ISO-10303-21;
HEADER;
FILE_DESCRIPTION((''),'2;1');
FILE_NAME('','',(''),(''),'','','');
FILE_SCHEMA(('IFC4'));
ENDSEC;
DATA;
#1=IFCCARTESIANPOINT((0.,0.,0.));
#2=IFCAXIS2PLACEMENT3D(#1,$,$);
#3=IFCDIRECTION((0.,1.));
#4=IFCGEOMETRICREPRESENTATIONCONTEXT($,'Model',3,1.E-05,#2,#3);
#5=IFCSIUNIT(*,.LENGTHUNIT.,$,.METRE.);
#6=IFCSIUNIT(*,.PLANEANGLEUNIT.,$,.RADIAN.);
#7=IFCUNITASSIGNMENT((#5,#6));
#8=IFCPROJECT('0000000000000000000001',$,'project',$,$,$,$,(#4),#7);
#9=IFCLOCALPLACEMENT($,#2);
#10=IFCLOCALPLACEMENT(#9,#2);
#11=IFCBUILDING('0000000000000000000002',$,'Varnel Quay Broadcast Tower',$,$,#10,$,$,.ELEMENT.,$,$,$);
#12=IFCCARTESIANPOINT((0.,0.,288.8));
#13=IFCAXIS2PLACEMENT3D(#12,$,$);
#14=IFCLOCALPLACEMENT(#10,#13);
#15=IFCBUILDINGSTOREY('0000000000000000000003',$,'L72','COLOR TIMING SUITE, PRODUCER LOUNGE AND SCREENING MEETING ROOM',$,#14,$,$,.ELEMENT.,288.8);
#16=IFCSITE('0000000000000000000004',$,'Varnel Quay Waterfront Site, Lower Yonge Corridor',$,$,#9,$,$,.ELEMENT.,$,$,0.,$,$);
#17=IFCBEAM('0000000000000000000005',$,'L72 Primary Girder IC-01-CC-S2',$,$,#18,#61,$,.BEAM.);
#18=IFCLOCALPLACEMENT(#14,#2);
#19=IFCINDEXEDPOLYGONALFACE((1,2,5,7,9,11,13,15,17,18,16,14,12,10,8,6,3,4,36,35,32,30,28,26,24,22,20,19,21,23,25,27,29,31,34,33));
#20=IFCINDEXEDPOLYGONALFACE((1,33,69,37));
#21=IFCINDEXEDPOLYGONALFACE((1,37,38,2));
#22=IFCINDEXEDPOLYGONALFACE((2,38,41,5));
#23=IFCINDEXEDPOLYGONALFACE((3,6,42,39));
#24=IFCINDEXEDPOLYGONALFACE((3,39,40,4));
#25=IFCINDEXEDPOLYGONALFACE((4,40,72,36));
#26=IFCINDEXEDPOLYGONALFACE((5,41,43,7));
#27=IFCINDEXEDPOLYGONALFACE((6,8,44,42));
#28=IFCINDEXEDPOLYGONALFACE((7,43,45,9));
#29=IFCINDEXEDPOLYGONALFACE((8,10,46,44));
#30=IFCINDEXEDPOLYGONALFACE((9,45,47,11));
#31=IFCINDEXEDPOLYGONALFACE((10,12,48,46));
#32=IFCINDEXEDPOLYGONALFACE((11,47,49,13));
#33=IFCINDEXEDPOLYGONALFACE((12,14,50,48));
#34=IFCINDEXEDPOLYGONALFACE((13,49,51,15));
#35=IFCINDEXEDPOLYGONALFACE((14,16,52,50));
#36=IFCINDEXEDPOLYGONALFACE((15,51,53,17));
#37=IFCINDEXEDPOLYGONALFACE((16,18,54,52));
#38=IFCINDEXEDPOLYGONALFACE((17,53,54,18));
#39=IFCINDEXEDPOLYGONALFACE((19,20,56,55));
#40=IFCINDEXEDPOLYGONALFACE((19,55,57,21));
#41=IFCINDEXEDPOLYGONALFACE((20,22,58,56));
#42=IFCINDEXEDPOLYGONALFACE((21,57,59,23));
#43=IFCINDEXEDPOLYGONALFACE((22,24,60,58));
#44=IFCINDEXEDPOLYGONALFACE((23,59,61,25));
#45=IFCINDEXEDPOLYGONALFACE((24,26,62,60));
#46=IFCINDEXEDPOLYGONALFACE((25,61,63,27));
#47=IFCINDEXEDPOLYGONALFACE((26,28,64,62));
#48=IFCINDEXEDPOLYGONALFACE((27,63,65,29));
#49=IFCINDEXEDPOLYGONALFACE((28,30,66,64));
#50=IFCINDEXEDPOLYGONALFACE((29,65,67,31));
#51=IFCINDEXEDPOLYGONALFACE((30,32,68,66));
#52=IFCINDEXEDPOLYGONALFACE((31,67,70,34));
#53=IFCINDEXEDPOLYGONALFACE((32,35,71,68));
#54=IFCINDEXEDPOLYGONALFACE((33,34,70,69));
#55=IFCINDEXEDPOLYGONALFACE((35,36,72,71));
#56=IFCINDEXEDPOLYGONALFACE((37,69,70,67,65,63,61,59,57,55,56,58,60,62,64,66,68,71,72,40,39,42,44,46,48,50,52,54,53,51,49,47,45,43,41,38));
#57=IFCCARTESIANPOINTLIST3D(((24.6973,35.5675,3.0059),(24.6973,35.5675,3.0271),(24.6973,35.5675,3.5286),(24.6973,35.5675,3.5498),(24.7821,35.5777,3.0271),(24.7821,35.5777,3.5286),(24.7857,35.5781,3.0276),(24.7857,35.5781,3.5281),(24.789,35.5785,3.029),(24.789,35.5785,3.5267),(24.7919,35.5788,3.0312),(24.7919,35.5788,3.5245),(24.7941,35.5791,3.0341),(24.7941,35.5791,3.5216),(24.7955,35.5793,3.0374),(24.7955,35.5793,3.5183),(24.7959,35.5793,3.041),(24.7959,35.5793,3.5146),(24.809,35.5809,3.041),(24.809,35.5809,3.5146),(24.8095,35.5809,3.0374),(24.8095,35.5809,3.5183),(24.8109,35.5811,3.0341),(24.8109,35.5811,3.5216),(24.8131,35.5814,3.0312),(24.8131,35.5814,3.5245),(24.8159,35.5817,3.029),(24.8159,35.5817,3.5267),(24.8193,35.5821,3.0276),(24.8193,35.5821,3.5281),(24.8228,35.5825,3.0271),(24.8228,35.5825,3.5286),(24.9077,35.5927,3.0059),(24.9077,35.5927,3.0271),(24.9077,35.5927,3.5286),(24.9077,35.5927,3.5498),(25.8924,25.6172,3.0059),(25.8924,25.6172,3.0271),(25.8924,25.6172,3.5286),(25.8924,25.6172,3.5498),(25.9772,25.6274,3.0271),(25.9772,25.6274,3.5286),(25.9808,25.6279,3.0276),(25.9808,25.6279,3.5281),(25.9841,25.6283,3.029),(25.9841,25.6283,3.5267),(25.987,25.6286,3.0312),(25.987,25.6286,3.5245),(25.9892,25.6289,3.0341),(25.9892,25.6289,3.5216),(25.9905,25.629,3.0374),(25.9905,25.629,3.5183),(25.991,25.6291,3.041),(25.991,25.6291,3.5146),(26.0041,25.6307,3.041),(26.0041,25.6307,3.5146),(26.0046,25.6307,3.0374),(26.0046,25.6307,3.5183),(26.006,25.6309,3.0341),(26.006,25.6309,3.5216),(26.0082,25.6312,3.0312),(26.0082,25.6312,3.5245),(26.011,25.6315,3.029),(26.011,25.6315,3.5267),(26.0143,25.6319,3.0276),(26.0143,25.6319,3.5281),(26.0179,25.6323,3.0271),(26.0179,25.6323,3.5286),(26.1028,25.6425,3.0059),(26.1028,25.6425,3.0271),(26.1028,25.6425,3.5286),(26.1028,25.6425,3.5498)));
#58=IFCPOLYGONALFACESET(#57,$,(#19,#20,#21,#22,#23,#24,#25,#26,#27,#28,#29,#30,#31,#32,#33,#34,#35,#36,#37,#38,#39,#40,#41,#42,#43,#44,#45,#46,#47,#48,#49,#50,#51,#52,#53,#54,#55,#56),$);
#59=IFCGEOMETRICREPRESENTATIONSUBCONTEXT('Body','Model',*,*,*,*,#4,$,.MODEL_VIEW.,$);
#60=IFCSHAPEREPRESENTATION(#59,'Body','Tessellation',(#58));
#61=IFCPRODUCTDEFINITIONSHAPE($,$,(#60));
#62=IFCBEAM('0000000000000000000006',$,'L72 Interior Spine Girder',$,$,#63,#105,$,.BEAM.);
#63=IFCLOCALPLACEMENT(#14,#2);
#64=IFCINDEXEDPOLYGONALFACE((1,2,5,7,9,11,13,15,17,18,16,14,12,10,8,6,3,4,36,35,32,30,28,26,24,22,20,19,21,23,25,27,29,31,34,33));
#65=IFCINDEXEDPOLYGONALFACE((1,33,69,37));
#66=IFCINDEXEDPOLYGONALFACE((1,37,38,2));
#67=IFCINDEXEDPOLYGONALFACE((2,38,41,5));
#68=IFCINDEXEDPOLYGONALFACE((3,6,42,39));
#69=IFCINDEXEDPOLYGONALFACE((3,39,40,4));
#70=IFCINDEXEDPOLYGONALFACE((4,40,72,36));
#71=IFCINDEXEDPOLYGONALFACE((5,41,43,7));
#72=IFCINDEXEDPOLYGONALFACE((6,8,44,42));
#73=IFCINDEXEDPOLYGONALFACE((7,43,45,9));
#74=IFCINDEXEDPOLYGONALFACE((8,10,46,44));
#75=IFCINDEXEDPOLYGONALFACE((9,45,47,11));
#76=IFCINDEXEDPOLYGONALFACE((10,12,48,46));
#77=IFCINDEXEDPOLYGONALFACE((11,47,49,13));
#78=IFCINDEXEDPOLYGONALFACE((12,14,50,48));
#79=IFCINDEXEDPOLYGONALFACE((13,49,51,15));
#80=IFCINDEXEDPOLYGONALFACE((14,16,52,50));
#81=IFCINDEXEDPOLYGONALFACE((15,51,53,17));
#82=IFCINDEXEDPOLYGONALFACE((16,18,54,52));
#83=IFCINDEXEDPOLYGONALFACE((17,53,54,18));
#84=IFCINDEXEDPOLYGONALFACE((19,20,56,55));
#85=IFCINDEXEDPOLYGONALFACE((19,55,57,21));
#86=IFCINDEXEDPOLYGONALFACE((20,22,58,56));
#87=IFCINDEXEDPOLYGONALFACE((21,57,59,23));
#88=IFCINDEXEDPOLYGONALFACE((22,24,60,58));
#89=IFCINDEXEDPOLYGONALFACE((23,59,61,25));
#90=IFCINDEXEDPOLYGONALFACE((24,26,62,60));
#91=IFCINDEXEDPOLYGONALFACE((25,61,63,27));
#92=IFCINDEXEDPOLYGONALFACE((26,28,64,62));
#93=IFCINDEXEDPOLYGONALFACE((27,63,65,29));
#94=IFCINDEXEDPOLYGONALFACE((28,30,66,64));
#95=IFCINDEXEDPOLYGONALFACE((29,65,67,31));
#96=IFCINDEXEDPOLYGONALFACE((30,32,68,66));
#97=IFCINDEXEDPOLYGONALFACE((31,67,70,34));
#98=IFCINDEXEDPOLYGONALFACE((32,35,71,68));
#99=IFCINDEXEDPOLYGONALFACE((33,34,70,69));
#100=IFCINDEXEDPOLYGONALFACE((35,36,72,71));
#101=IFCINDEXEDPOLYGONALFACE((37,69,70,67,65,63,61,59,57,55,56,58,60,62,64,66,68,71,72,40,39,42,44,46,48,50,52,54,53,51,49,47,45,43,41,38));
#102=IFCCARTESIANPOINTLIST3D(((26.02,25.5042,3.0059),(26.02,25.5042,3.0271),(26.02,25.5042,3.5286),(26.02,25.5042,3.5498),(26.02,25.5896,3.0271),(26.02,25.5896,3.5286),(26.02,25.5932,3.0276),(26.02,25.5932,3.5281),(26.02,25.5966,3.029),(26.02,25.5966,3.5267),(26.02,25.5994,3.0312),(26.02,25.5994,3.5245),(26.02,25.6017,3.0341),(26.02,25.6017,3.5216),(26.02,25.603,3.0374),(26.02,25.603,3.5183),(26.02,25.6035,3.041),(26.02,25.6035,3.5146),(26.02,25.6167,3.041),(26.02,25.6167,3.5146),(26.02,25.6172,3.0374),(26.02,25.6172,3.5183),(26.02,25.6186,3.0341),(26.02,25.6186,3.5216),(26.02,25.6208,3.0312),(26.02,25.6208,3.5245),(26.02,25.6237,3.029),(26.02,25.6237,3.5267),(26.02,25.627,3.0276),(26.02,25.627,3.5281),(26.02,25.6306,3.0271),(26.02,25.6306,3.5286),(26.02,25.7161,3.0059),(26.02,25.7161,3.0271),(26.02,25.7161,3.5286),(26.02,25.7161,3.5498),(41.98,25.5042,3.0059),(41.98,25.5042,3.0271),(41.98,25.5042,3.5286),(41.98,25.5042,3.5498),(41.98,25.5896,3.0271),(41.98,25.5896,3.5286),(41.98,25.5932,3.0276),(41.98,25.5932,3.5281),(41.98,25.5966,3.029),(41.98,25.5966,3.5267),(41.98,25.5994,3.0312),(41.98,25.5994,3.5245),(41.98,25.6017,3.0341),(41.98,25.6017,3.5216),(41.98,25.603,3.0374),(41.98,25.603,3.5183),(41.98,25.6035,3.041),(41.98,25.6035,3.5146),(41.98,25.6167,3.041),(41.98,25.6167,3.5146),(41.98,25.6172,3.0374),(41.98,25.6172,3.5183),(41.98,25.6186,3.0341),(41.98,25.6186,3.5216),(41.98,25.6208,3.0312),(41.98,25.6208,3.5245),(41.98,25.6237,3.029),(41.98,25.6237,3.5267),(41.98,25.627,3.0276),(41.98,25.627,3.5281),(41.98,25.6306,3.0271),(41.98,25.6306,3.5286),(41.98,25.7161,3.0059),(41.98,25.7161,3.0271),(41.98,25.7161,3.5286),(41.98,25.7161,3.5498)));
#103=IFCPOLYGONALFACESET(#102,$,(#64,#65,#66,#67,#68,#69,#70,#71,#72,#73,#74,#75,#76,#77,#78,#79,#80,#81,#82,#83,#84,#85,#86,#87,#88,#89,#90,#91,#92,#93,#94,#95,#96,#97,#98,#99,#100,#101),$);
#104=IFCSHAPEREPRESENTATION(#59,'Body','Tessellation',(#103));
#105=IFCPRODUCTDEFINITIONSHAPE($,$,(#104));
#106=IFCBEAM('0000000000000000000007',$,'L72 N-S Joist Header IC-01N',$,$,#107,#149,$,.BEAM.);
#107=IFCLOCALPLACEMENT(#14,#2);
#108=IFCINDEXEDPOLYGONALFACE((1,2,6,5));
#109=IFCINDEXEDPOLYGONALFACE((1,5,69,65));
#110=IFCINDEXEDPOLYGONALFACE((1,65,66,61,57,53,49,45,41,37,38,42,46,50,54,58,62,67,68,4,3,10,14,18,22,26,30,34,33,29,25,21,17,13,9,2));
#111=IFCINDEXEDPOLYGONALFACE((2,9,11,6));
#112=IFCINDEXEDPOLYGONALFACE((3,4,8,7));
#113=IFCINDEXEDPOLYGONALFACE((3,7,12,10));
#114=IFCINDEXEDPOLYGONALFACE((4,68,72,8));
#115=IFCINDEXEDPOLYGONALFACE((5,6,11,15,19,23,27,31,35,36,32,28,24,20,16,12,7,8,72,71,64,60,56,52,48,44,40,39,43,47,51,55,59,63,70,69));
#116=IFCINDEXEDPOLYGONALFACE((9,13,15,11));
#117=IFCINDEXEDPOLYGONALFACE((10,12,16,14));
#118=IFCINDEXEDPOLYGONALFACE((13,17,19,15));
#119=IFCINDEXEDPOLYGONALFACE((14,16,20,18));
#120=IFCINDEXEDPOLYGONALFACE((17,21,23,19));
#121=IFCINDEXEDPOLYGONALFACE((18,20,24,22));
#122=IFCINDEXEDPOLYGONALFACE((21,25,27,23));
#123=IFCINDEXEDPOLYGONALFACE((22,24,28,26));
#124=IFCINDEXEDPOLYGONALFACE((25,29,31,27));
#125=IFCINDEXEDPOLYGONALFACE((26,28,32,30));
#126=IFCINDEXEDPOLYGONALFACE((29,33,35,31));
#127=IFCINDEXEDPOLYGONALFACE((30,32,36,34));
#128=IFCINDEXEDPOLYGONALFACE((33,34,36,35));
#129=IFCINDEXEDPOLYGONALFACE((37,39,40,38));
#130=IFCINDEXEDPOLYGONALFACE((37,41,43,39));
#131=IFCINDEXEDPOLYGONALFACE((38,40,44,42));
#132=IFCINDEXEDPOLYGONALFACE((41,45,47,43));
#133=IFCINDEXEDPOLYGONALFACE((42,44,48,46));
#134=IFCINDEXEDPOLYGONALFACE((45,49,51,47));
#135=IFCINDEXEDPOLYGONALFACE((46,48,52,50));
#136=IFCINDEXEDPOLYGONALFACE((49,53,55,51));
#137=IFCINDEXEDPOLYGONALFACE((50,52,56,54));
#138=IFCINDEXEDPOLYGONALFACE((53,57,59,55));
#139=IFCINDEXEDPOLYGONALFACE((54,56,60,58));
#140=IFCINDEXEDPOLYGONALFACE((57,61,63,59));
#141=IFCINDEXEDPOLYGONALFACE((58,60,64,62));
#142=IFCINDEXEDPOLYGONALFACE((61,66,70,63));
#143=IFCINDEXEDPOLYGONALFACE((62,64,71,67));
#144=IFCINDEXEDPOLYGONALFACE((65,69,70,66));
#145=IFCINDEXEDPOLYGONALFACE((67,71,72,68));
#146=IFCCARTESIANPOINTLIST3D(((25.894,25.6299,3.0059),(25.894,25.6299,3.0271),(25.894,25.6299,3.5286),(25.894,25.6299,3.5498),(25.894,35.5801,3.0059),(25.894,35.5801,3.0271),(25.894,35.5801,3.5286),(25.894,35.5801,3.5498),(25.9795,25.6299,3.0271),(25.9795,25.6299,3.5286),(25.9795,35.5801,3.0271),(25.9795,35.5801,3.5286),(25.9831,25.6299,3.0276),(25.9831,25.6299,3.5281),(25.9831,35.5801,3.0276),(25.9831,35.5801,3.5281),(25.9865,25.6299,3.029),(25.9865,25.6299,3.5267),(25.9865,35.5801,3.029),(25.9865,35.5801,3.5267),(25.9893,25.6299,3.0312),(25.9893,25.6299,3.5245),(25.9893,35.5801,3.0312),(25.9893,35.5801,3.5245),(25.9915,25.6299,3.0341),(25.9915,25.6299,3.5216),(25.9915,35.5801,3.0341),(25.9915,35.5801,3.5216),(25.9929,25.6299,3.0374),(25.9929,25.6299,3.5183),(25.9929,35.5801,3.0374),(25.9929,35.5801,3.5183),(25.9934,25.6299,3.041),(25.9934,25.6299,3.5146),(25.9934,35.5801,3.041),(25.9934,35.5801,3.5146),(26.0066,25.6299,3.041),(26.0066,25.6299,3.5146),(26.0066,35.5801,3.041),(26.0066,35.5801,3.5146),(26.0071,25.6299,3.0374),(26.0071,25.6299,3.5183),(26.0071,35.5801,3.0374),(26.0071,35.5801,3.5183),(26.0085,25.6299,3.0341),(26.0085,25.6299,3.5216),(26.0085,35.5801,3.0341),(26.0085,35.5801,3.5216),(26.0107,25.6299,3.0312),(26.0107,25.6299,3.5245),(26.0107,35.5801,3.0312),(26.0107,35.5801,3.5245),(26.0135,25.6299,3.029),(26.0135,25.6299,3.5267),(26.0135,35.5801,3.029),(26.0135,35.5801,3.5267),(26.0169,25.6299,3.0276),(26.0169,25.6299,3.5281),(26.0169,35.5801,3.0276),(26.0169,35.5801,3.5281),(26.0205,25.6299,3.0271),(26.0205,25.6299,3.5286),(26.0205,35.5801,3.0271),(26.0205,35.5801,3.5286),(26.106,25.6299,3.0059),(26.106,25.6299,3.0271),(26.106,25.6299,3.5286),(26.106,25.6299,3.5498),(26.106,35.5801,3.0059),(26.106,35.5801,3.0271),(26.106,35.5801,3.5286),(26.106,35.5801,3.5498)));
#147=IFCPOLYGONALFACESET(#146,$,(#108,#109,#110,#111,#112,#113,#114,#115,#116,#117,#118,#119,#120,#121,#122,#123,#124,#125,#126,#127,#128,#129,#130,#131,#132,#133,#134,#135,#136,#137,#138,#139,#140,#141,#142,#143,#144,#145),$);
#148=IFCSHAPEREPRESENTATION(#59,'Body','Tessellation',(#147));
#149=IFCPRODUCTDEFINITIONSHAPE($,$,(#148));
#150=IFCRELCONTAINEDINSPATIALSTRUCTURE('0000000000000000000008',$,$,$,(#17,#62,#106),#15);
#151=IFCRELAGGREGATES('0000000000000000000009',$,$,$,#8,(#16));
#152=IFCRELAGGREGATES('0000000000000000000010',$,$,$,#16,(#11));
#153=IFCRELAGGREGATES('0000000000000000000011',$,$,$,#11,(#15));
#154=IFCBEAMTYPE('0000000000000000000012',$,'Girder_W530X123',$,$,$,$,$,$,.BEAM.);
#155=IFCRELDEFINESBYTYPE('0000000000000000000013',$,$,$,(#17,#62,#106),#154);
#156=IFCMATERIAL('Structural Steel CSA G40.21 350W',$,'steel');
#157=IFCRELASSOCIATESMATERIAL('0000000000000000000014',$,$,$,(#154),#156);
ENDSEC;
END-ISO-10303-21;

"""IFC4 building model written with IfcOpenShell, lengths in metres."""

from ifc_helpers import new_model, si_unit, direction, frame, origin, origin_2d, place, context, subcontext, project, spatial, i_section, extrude, source, transform, mapped, material, material_profile, profile_set, type_object, type_shapes, element, save


model = new_model("IFC4")

# Units and contexts
model_context = context("Model", 3, precision=1e-05, world=origin(), true_north=direction((0.0, 1.0)))
body_context = subcontext(model_context, "Body", "Model", "MODEL_VIEW")
ifc_project = project(units=[si_unit("LENGTHUNIT", "METRE"), si_unit("PLANEANGLEUNIT", "RADIAN")], contexts=[model_context])

# Site, building, storey
site_placement = place(None, origin())
site = spatial("IfcSite", under=ifc_project, at=site_placement, Name="Varnel Quay Waterfront Site, Lower Yonge Corridor", CompositionType="ELEMENT", RefElevation=0.0)
building_placement = place(site_placement, origin())
building = spatial("IfcBuilding", under=site, at=building_placement, Name="Varnel Quay Broadcast Tower", CompositionType="ELEMENT")
storey_placement = place(building_placement, frame((0.0, 0.0, 288.8)))
storey = spatial("IfcBuildingStorey", under=building, at=storey_placement, Name="L72", Description="COLOR TIMING SUITE, PRODUCER LOUNGE AND SCREENING MEETING ROOM", CompositionType="ELEMENT", Elevation=288.8)

# Shared definitions
ifc_material_1 = material(Name="Structural Steel CSA G40.21 350W", Category="steel")

# Beams
ifc_material_profile_1 = material_profile(ifc_material_1, i_section(OverallWidth=0.2119, OverallDepth=0.5439, WebThickness=0.0132, FlangeThickness=0.0212, FilletRadius=0.0139, at=origin_2d()), Name="W530X123")
ifc_profile_set_1 = profile_set([ifc_material_profile_1], Name="Structural Steel CSA G40.21 350W")
beam_type_1 = type_object("IfcBeamType", Name="Girder_W530X123", PredefinedType="BEAM", material=ifc_profile_set_1)
shared_shape_1 = source(origin(), body_context, "Body", "SweptSolid", [
    extrude(i_section(OverallWidth=0.2119, OverallDepth=0.5439, WebThickness=0.0132, FlangeThickness=0.0212, FilletRadius=0.0139, at=origin_2d()), origin(), (0.0, 0.0, 1.0), 10.0217),
])
beam_1_placement = place(storey_placement, frame((25.9976, 25.6299, 3.2778), z_axis=(-0.119248, 0.992864, 0.0), x_axis=(-0.992864, -0.119248, 0.0)))
element("IfcBeam", 1, at=beam_1_placement, inside=storey, type_object=beam_type_1, Name="L72 Primary Girder IC-01-CC-S2", PredefinedType="BEAM", context=body_context, shape_type="MappedRepresentation", body=[
    mapped(shared_shape_1, transform((0.0, 0.0, 0.0), x_axis=(1.0, 0.0, 0.0), y_axis=(0.0, 1.0, 0.0), z_axis=(0.0, 0.0, 1.0), scale=1.0)),
])
shared_shape_2 = source(origin(), body_context, "Body", "SweptSolid", [
    extrude(i_section(OverallWidth=0.2119, OverallDepth=0.5439, WebThickness=0.0132, FlangeThickness=0.0212, FilletRadius=0.0139, at=origin_2d()), origin(), (0.0, 0.0, 1.0), 15.96),
])
beam_2_placement = place(storey_placement, frame((26.02, 25.6101, 3.2778), z_axis=(1.0, 0.0, 0.0), x_axis=(0.0, 1.0, 0.0)))
element("IfcBeam", 2, at=beam_2_placement, inside=storey, type_object=beam_type_1, Name="L72 Interior Spine Girder", PredefinedType="BEAM", context=body_context, shape_type="MappedRepresentation", body=[
    mapped(shared_shape_2, transform((0.0, 0.0, 0.0), x_axis=(1.0, 0.0, 0.0), y_axis=(0.0, 1.0, 0.0), z_axis=(0.0, 0.0, 1.0), scale=1.0)),
])
shared_shape_3 = source(origin(), body_context, "Body", "SweptSolid", [
    extrude(i_section(OverallWidth=0.2119, OverallDepth=0.5439, WebThickness=0.0132, FlangeThickness=0.0212, FilletRadius=0.0139, at=origin_2d()), origin(), (0.0, 0.0, 1.0), 9.9502),
])
type_shapes(beam_type_1, [shared_shape_1, shared_shape_2, shared_shape_3])
beam_3_placement = place(storey_placement, frame((26.0, 25.6299, 3.2778), z_axis=(0.0, 1.0, 0.0), x_axis=(-1.0, 0.0, 0.0)))
element("IfcBeam", 3, at=beam_3_placement, inside=storey, type_object=beam_type_1, Name="L72 N-S Joist Header IC-01N", PredefinedType="BEAM", context=body_context, shape_type="MappedRepresentation", body=[
    mapped(shared_shape_3, transform((0.0, 0.0, 0.0), x_axis=(1.0, 0.0, 0.0), y_axis=(0.0, 1.0, 0.0), z_axis=(0.0, 0.0, 1.0), scale=1.0)),
])

save(model, "model.ifc")
